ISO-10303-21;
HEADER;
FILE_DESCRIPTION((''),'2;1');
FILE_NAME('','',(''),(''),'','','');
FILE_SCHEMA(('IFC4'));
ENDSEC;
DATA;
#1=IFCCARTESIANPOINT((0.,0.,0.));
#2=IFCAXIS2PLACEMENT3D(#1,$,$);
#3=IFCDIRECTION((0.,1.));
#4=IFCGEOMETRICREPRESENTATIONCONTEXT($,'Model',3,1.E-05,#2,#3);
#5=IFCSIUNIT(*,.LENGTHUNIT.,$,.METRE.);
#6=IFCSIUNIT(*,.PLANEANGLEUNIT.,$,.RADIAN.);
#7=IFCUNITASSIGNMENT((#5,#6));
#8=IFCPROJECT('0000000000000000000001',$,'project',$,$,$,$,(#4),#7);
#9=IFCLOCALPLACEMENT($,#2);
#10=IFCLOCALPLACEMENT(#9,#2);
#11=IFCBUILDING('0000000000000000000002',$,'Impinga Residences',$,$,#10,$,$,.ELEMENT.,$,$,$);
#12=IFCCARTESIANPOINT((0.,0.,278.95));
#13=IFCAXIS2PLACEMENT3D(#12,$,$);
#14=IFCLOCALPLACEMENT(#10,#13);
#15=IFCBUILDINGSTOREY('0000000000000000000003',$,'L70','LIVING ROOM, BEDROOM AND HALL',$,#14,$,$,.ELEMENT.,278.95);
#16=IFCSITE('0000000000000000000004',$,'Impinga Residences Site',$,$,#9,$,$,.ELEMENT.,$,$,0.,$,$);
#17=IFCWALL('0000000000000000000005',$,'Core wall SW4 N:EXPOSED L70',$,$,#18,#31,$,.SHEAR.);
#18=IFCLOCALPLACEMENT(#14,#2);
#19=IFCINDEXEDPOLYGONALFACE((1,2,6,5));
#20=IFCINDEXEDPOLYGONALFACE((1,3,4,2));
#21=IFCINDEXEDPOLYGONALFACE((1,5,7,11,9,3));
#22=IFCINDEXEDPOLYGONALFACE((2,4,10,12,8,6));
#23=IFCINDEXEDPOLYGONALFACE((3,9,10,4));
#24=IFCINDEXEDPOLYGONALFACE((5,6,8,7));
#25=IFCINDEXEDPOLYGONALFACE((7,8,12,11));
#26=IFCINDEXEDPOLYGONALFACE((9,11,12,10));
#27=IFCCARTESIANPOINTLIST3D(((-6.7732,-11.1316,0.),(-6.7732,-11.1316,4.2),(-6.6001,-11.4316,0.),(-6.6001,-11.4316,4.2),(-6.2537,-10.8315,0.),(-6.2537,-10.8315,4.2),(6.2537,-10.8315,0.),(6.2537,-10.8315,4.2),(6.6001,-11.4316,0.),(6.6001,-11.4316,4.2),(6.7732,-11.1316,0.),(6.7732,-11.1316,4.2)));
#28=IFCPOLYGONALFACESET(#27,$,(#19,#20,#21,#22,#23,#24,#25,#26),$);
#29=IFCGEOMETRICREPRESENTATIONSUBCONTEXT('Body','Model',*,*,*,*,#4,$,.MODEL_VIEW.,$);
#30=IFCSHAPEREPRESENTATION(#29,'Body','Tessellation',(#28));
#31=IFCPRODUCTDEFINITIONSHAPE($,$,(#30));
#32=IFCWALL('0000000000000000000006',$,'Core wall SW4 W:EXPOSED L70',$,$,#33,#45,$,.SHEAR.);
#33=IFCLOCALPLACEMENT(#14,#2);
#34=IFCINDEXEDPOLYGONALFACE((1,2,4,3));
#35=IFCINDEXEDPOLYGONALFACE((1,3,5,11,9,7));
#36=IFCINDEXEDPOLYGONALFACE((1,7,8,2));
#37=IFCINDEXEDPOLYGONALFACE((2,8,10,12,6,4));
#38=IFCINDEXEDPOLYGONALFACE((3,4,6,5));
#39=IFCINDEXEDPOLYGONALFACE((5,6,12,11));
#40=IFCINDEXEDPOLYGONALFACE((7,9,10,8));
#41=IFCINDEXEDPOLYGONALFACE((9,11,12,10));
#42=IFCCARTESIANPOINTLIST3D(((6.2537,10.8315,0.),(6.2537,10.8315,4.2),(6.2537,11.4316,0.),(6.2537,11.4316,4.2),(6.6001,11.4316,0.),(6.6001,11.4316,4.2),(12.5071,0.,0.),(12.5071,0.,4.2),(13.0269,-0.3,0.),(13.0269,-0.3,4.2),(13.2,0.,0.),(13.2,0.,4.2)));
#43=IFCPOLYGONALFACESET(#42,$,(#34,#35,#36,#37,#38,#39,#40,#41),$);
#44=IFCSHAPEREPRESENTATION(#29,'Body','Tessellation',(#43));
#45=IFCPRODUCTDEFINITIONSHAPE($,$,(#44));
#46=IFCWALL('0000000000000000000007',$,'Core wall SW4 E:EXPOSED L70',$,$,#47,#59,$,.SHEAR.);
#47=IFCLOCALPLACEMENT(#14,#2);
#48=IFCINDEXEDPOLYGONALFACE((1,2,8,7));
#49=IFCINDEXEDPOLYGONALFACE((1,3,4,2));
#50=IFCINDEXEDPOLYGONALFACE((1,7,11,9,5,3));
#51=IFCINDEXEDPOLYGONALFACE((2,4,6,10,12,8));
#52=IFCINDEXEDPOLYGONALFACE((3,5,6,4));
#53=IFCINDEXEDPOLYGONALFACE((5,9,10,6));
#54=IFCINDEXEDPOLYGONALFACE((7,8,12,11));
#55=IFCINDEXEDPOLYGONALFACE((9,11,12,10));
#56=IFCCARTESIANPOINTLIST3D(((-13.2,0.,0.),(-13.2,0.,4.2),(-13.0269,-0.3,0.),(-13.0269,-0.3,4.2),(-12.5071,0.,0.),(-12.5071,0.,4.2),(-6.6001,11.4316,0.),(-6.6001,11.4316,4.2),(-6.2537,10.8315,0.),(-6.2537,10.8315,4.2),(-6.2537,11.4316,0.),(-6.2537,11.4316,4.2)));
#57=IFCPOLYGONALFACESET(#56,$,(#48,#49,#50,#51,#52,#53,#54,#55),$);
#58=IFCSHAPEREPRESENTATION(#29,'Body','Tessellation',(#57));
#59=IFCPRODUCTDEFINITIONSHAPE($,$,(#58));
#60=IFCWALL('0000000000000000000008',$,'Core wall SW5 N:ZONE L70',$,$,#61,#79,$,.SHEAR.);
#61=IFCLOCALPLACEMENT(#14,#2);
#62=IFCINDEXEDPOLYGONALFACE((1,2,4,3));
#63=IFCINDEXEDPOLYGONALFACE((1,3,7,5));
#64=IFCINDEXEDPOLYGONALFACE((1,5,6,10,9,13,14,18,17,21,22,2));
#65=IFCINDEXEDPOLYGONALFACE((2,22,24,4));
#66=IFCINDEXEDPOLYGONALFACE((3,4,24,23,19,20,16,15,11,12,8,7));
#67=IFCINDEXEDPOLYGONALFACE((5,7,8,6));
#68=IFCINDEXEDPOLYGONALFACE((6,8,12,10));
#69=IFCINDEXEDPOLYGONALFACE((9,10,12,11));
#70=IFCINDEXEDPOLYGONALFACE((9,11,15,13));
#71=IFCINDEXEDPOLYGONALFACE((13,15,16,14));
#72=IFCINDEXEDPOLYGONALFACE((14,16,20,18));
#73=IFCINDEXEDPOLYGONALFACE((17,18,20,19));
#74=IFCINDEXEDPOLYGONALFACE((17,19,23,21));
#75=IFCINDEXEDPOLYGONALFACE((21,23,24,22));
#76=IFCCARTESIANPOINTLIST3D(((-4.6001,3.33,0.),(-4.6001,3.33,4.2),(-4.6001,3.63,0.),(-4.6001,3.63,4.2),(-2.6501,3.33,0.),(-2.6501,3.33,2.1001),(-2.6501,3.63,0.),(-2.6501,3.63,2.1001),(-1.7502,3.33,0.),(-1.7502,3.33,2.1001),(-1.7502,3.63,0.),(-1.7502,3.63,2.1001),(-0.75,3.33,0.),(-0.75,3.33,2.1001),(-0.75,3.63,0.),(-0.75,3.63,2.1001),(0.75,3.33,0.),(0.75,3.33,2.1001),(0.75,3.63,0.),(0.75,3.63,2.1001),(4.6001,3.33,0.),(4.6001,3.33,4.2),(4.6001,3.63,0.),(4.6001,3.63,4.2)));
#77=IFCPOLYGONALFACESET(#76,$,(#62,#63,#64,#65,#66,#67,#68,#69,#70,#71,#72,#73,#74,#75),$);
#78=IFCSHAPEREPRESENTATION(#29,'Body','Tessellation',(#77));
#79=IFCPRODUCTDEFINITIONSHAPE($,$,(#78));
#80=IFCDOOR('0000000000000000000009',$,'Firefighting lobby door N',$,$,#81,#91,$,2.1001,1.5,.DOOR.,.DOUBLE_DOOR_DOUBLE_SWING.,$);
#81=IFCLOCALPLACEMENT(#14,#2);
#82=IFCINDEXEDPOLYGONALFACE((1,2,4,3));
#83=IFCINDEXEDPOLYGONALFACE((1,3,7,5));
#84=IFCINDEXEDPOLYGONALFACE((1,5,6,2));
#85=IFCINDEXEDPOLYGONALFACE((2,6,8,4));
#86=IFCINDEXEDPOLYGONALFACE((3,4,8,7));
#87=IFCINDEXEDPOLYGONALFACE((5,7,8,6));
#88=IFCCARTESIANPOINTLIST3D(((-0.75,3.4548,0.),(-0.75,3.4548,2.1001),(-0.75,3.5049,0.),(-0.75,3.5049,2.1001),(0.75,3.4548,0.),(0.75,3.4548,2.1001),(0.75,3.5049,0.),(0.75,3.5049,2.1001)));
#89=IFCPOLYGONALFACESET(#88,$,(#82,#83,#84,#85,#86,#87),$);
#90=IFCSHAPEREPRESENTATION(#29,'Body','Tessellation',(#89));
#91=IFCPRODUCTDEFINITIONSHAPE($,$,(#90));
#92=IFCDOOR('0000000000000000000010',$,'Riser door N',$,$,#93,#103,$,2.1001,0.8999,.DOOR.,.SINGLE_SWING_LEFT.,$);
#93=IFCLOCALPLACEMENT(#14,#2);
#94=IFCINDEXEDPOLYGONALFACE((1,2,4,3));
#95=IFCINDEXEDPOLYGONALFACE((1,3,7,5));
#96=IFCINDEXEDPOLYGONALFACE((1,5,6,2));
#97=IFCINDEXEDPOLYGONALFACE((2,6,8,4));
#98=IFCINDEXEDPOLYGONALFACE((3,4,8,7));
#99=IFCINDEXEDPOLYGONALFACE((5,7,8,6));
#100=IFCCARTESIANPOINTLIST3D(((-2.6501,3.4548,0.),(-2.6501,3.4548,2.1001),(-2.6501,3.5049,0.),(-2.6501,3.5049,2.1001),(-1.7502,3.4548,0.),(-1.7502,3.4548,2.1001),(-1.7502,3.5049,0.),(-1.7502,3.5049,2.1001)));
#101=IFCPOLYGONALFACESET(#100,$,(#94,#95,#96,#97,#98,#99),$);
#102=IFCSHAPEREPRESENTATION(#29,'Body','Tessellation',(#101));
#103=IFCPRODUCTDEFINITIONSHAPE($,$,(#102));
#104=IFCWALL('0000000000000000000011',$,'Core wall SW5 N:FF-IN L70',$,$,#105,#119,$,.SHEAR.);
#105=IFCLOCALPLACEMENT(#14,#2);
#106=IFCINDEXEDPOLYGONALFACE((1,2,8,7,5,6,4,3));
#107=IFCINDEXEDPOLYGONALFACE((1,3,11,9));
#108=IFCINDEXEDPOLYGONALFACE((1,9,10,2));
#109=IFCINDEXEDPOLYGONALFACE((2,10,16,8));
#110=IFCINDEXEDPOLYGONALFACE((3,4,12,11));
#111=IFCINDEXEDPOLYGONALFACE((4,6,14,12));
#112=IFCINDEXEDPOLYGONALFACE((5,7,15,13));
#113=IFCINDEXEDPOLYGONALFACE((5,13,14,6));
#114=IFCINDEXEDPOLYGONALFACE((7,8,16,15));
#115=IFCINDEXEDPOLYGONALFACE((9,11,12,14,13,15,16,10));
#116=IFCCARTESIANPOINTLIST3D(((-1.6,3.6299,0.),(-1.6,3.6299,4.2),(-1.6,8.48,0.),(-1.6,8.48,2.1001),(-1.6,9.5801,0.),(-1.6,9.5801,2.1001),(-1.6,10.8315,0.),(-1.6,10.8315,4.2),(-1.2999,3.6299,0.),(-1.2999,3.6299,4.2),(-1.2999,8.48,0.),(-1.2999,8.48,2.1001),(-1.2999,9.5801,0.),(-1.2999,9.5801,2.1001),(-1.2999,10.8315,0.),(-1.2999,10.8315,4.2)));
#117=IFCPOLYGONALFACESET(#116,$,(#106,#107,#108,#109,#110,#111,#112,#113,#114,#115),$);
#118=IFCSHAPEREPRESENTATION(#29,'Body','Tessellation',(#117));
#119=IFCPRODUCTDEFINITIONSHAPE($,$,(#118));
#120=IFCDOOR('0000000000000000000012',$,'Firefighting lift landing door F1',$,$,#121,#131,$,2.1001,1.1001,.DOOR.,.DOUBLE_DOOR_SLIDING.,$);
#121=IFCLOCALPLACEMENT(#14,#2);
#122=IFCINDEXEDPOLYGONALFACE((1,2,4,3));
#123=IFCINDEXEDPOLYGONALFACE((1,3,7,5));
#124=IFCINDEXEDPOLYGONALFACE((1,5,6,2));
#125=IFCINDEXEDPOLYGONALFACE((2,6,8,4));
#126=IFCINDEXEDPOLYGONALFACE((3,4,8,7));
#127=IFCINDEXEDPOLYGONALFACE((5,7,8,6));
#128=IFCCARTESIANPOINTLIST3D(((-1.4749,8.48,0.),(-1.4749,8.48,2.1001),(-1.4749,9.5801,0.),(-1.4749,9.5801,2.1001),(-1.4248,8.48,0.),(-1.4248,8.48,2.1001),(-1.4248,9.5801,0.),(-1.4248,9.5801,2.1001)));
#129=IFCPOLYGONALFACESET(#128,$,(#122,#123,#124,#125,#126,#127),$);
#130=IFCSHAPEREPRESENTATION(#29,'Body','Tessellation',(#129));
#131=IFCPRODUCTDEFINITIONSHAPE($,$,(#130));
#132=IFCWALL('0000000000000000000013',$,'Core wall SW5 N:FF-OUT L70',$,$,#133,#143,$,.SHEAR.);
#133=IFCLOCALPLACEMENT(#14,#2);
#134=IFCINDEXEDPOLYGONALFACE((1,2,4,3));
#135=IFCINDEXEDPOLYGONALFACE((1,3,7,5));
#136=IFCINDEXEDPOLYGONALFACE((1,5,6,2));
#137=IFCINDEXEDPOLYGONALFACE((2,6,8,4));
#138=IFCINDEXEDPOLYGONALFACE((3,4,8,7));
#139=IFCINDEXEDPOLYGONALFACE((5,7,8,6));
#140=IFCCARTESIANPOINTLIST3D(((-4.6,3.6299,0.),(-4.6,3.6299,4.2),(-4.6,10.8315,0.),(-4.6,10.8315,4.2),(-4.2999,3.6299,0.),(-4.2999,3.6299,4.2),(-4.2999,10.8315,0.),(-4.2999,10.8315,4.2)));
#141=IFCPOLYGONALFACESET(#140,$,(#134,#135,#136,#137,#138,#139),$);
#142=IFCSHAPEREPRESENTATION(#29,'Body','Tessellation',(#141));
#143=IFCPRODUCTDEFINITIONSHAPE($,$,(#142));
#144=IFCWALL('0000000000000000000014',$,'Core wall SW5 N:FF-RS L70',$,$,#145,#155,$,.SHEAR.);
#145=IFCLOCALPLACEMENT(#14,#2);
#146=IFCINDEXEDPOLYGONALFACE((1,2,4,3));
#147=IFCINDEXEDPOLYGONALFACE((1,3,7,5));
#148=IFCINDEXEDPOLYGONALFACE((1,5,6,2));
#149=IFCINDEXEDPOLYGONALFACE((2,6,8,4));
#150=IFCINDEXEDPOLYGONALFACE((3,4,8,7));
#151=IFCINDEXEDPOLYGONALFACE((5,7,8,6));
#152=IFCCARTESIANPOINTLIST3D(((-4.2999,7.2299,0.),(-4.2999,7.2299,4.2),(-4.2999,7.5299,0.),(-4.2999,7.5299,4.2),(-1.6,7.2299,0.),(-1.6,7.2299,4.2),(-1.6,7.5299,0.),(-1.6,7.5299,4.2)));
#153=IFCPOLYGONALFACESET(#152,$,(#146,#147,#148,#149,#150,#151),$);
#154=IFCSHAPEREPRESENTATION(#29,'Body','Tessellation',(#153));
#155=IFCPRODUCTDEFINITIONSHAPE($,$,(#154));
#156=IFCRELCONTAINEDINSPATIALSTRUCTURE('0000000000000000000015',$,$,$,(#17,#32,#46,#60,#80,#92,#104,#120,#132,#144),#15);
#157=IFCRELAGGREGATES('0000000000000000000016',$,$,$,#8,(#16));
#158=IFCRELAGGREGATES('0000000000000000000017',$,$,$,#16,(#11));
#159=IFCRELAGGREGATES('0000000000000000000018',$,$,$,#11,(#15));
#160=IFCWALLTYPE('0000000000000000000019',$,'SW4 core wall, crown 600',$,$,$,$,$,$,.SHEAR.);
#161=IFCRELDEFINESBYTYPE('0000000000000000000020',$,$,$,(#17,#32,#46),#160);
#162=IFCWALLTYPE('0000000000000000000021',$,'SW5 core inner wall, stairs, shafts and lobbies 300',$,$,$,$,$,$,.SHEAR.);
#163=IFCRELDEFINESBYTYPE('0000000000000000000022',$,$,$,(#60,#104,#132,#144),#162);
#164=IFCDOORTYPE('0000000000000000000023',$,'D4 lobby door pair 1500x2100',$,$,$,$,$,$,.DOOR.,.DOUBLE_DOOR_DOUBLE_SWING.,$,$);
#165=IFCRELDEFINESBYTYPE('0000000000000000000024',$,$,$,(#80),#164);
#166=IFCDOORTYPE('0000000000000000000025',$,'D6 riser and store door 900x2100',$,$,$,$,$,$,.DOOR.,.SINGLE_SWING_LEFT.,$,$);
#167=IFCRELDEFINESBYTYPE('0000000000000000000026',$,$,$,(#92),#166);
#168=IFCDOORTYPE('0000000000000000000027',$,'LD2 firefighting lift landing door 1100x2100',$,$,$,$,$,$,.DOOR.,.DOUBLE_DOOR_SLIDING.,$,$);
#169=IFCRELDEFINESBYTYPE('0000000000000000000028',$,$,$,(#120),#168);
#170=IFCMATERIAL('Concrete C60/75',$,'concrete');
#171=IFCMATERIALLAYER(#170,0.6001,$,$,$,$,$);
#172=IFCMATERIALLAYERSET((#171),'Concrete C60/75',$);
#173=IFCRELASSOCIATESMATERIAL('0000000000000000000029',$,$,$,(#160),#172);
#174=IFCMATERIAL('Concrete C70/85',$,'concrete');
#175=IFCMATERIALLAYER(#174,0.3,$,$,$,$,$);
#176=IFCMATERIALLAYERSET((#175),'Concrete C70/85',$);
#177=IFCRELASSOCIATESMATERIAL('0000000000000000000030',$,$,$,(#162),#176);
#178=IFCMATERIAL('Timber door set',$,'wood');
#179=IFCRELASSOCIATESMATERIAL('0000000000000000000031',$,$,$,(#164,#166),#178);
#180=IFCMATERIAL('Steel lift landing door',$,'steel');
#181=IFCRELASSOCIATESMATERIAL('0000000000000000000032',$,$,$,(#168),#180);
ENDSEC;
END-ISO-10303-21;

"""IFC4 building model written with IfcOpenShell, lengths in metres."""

from ifc_helpers import new_model, si_unit, direction, frame, frame_2d, origin, place, context, subcontext, project, spatial, polyline, rectangle, outline, extrude, material, layer, layer_set, type_object, element, fill, save


model = new_model("IFC4")

# Units and contexts
model_context = context("Model", 3, precision=1e-05, world=origin(), true_north=direction((0.0, 1.0)))
body_context = subcontext(model_context, "Body", "Model", "MODEL_VIEW")
ifc_project = project(units=[si_unit("LENGTHUNIT", "METRE"), si_unit("PLANEANGLEUNIT", "RADIAN")], contexts=[model_context])

# Site, building, storey
site_placement = place(None, origin())
site = spatial("IfcSite", under=ifc_project, at=site_placement, Name="Impinga Residences Site", CompositionType="ELEMENT", RefElevation=0.0)
building_placement = place(site_placement, origin())
building = spatial("IfcBuilding", under=site, at=building_placement, Name="Impinga Residences", CompositionType="ELEMENT")
storey_placement = place(building_placement, frame((0.0, 0.0, 278.95)))
storey = spatial("IfcBuildingStorey", under=building, at=storey_placement, Name="L70", Description="LIVING ROOM, BEDROOM AND HALL", CompositionType="ELEMENT", Elevation=278.95)

# Walls
ifc_material_1 = material(Name="Concrete C60/75", Category="concrete")
ifc_layer_1 = layer(ifc_material_1, 0.6001)
ifc_layer_set_1 = layer_set([ifc_layer_1], Name="Concrete C60/75")
wall_type_1 = type_object("IfcWallType", Name="SW4 core wall, crown 600", PredefinedType="SHEAR", material=ifc_layer_set_1)
wall_1_placement = place(storey_placement, origin())
element("IfcWall", 1, at=wall_1_placement, inside=storey, type_object=wall_type_1, Name="Core wall SW4 N:EXPOSED L70", PredefinedType="SHEAR", context=body_context, shape_type="SweptSolid", body=[
    extrude(outline(polyline([(-6.6001, -11.4316), (6.6001, -11.4316), (6.7732, -11.1316), (6.2537, -10.8315), (-6.2537, -10.8315), (-6.7732, -11.1316), (-6.6001, -11.4316)])), origin(), (0.0, 0.0, 1.0), 4.2),
])
wall_2_placement = place(storey_placement, origin())
element("IfcWall", 2, at=wall_2_placement, inside=storey, type_object=wall_type_1, Name="Core wall SW4 W:EXPOSED L70", PredefinedType="SHEAR", context=body_context, shape_type="SweptSolid", body=[
    extrude(outline(polyline([(13.2, 0.0), (6.6001, 11.4316), (6.2537, 11.4316), (6.2537, 10.8315), (12.5071, 0.0), (13.0269, -0.3), (13.2, 0.0)])), origin(), (0.0, 0.0, 1.0), 4.2),
])
wall_3_placement = place(storey_placement, origin())
element("IfcWall", 3, at=wall_3_placement, inside=storey, type_object=wall_type_1, Name="Core wall SW4 E:EXPOSED L70", PredefinedType="SHEAR", context=body_context, shape_type="SweptSolid", body=[
    extrude(outline(polyline([(-6.6001, 11.4316), (-13.2, 0.0), (-13.0269, -0.3), (-12.5071, 0.0), (-6.2537, 10.8315), (-6.2537, 11.4316), (-6.6001, 11.4316)])), origin(), (0.0, 0.0, 1.0), 4.2),
])

# Wall, openings, doors
ifc_material_2 = material(Name="Concrete C70/85", Category="concrete")
ifc_layer_2 = layer(ifc_material_2, 0.3)
ifc_layer_set_2 = layer_set([ifc_layer_2], Name="Concrete C70/85")
wall_type_2 = type_object("IfcWallType", Name="SW5 core inner wall, stairs, shafts and lobbies 300", PredefinedType="SHEAR", material=ifc_layer_set_2)
wall_4_placement = place(storey_placement, frame((-4.6001, 3.48, 0.0), z_axis=(0.0, 0.0, 1.0), x_axis=(1.0, 0.0, 0.0)))
wall_4 = element("IfcWall", 4, at=wall_4_placement, inside=storey, type_object=wall_type_2, Name="Core wall SW5 N:ZONE L70", PredefinedType="SHEAR", context=body_context, shape_type="SweptSolid", body=[
    extrude(rectangle(XDim=9.2002, YDim=0.3, at=frame_2d((4.6001, 0.0))), origin(), (0.0, 0.0, 1.0), 4.2),
])
opening_1_placement = place(wall_4_placement, frame((3.8501, 0.0, 0.0)))
opening_1 = element("IfcOpeningElement", 5, at=opening_1_placement, cuts=wall_4, PredefinedType="OPENING", context=body_context, shape_type="SweptSolid", body=[
    extrude(rectangle(XDim=1.5, YDim=2.1001, at=frame_2d((0.75, 1.05))), frame((0.0, 0.1599, 0.0), z_axis=(0.0, -1.0, 0.0), x_axis=(1.0, 0.0, 0.0)), (0.0, 0.0, 1.0), 0.3201),
])
opening_2_placement = place(wall_4_placement, frame((1.95, 0.0, 0.0)))
opening_2 = element("IfcOpeningElement", 6, at=opening_2_placement, cuts=wall_4, PredefinedType="OPENING", context=body_context, shape_type="SweptSolid", body=[
    extrude(rectangle(XDim=0.8999, YDim=2.1001, at=frame_2d((0.45, 1.05))), frame((0.0, 0.1599, 0.0), z_axis=(0.0, -1.0, 0.0), x_axis=(1.0, 0.0, 0.0)), (0.0, 0.0, 1.0), 0.3201),
])
ifc_material_3 = material(Name="Timber door set", Category="wood")
door_type_1 = type_object("IfcDoorType", Name="D4 lobby door pair 1500x2100", OperationType="DOUBLE_DOOR_DOUBLE_SWING", PredefinedType="DOOR", material=ifc_material_3)
door_1_placement = place(opening_1_placement, origin())
door_1 = element("IfcDoor", 7, at=door_1_placement, inside=storey, type_object=door_type_1, Name="Firefighting lobby door N", OperationType="DOUBLE_DOOR_DOUBLE_SWING", OverallHeight=2.1001, OverallWidth=1.5, PredefinedType="DOOR", context=body_context, shape_type="SweptSolid", body=[
    extrude(rectangle(XDim=1.5, YDim=2.1001, at=frame_2d((0.75, 1.05))), frame((0.0, 0.0249, 0.0), z_axis=(0.0, -1.0, 0.0), x_axis=(1.0, 0.0, 0.0)), (0.0, 0.0, 1.0), 0.05),
])
fill(opening_1, door_1)
door_type_2 = type_object("IfcDoorType", Name="D6 riser and store door 900x2100", OperationType="SINGLE_SWING_LEFT", PredefinedType="DOOR", material=ifc_material_3)
door_2_placement = place(opening_2_placement, origin())
door_2 = element("IfcDoor", 8, at=door_2_placement, inside=storey, type_object=door_type_2, Name="Riser door N", OperationType="SINGLE_SWING_LEFT", OverallHeight=2.1001, OverallWidth=0.8999, PredefinedType="DOOR", context=body_context, shape_type="SweptSolid", body=[
    extrude(rectangle(XDim=0.8999, YDim=2.1001, at=frame_2d((0.45, 1.05))), frame((0.0, 0.0249, 0.0), z_axis=(0.0, -1.0, 0.0), x_axis=(1.0, 0.0, 0.0)), (0.0, 0.0, 1.0), 0.05),
])
fill(opening_2, door_2)

# Wall, opening, door
wall_5_placement = place(storey_placement, frame((-1.45, 3.6299, 0.0), z_axis=(0.0, 0.0, 1.0), x_axis=(0.0, 1.0, 0.0)))
wall_5 = element("IfcWall", 9, at=wall_5_placement, inside=storey, type_object=wall_type_2, Name="Core wall SW5 N:FF-IN L70", PredefinedType="SHEAR", context=body_context, shape_type="SweptSolid", body=[
    extrude(rectangle(XDim=7.2017, YDim=0.3, at=frame_2d((3.6008, 0.0))), origin(), (0.0, 0.0, 1.0), 4.2),
])
opening_3_placement = place(wall_5_placement, frame((4.8501, 0.0, 0.0)))
opening_3 = element("IfcOpeningElement", 10, at=opening_3_placement, cuts=wall_5, PredefinedType="OPENING", context=body_context, shape_type="SweptSolid", body=[
    extrude(rectangle(XDim=1.1001, YDim=2.1001, at=frame_2d((0.55, 1.05))), frame((0.0, 0.1599, 0.0), z_axis=(0.0, -1.0, 0.0), x_axis=(1.0, 0.0, 0.0)), (0.0, 0.0, 1.0), 0.3201),
])
ifc_material_4 = material(Name="Steel lift landing door", Category="steel")
door_type_3 = type_object("IfcDoorType", Name="LD2 firefighting lift landing door 1100x2100", OperationType="DOUBLE_DOOR_SLIDING", PredefinedType="DOOR", material=ifc_material_4)
door_3_placement = place(opening_3_placement, origin())
door_3 = element("IfcDoor", 11, at=door_3_placement, inside=storey, type_object=door_type_3, Name="Firefighting lift landing door F1", OperationType="DOUBLE_DOOR_SLIDING", OverallHeight=2.1001, OverallWidth=1.1001, PredefinedType="DOOR", context=body_context, shape_type="SweptSolid", body=[
    extrude(rectangle(XDim=1.1001, YDim=2.1001, at=frame_2d((0.55, 1.05))), frame((0.0, 0.0249, 0.0), z_axis=(0.0, -1.0, 0.0), x_axis=(1.0, 0.0, 0.0)), (0.0, 0.0, 1.0), 0.05),
])
fill(opening_3, door_3)

# Walls
wall_6_placement = place(storey_placement, frame((-4.45, 3.6299, 0.0), z_axis=(0.0, 0.0, 1.0), x_axis=(0.0, 1.0, 0.0)))
element("IfcWall", 12, at=wall_6_placement, inside=storey, type_object=wall_type_2, Name="Core wall SW5 N:FF-OUT L70", PredefinedType="SHEAR", context=body_context, shape_type="SweptSolid", body=[
    extrude(rectangle(XDim=7.2017, YDim=0.3, at=frame_2d((3.6008, 0.0))), origin(), (0.0, 0.0, 1.0), 4.2),
])
wall_7_placement = place(storey_placement, frame((-4.3, 7.3799, 0.0), z_axis=(0.0, 0.0, 1.0), x_axis=(1.0, 0.0, 0.0)))
element("IfcWall", 13, at=wall_7_placement, inside=storey, type_object=wall_type_2, Name="Core wall SW5 N:FF-RS L70", PredefinedType="SHEAR", context=body_context, shape_type="SweptSolid", body=[
    extrude(rectangle(XDim=2.7, YDim=0.3, at=frame_2d((1.3501, 0.0))), origin(), (0.0, 0.0, 1.0), 4.2),
])

save(model, "model.ifc")
